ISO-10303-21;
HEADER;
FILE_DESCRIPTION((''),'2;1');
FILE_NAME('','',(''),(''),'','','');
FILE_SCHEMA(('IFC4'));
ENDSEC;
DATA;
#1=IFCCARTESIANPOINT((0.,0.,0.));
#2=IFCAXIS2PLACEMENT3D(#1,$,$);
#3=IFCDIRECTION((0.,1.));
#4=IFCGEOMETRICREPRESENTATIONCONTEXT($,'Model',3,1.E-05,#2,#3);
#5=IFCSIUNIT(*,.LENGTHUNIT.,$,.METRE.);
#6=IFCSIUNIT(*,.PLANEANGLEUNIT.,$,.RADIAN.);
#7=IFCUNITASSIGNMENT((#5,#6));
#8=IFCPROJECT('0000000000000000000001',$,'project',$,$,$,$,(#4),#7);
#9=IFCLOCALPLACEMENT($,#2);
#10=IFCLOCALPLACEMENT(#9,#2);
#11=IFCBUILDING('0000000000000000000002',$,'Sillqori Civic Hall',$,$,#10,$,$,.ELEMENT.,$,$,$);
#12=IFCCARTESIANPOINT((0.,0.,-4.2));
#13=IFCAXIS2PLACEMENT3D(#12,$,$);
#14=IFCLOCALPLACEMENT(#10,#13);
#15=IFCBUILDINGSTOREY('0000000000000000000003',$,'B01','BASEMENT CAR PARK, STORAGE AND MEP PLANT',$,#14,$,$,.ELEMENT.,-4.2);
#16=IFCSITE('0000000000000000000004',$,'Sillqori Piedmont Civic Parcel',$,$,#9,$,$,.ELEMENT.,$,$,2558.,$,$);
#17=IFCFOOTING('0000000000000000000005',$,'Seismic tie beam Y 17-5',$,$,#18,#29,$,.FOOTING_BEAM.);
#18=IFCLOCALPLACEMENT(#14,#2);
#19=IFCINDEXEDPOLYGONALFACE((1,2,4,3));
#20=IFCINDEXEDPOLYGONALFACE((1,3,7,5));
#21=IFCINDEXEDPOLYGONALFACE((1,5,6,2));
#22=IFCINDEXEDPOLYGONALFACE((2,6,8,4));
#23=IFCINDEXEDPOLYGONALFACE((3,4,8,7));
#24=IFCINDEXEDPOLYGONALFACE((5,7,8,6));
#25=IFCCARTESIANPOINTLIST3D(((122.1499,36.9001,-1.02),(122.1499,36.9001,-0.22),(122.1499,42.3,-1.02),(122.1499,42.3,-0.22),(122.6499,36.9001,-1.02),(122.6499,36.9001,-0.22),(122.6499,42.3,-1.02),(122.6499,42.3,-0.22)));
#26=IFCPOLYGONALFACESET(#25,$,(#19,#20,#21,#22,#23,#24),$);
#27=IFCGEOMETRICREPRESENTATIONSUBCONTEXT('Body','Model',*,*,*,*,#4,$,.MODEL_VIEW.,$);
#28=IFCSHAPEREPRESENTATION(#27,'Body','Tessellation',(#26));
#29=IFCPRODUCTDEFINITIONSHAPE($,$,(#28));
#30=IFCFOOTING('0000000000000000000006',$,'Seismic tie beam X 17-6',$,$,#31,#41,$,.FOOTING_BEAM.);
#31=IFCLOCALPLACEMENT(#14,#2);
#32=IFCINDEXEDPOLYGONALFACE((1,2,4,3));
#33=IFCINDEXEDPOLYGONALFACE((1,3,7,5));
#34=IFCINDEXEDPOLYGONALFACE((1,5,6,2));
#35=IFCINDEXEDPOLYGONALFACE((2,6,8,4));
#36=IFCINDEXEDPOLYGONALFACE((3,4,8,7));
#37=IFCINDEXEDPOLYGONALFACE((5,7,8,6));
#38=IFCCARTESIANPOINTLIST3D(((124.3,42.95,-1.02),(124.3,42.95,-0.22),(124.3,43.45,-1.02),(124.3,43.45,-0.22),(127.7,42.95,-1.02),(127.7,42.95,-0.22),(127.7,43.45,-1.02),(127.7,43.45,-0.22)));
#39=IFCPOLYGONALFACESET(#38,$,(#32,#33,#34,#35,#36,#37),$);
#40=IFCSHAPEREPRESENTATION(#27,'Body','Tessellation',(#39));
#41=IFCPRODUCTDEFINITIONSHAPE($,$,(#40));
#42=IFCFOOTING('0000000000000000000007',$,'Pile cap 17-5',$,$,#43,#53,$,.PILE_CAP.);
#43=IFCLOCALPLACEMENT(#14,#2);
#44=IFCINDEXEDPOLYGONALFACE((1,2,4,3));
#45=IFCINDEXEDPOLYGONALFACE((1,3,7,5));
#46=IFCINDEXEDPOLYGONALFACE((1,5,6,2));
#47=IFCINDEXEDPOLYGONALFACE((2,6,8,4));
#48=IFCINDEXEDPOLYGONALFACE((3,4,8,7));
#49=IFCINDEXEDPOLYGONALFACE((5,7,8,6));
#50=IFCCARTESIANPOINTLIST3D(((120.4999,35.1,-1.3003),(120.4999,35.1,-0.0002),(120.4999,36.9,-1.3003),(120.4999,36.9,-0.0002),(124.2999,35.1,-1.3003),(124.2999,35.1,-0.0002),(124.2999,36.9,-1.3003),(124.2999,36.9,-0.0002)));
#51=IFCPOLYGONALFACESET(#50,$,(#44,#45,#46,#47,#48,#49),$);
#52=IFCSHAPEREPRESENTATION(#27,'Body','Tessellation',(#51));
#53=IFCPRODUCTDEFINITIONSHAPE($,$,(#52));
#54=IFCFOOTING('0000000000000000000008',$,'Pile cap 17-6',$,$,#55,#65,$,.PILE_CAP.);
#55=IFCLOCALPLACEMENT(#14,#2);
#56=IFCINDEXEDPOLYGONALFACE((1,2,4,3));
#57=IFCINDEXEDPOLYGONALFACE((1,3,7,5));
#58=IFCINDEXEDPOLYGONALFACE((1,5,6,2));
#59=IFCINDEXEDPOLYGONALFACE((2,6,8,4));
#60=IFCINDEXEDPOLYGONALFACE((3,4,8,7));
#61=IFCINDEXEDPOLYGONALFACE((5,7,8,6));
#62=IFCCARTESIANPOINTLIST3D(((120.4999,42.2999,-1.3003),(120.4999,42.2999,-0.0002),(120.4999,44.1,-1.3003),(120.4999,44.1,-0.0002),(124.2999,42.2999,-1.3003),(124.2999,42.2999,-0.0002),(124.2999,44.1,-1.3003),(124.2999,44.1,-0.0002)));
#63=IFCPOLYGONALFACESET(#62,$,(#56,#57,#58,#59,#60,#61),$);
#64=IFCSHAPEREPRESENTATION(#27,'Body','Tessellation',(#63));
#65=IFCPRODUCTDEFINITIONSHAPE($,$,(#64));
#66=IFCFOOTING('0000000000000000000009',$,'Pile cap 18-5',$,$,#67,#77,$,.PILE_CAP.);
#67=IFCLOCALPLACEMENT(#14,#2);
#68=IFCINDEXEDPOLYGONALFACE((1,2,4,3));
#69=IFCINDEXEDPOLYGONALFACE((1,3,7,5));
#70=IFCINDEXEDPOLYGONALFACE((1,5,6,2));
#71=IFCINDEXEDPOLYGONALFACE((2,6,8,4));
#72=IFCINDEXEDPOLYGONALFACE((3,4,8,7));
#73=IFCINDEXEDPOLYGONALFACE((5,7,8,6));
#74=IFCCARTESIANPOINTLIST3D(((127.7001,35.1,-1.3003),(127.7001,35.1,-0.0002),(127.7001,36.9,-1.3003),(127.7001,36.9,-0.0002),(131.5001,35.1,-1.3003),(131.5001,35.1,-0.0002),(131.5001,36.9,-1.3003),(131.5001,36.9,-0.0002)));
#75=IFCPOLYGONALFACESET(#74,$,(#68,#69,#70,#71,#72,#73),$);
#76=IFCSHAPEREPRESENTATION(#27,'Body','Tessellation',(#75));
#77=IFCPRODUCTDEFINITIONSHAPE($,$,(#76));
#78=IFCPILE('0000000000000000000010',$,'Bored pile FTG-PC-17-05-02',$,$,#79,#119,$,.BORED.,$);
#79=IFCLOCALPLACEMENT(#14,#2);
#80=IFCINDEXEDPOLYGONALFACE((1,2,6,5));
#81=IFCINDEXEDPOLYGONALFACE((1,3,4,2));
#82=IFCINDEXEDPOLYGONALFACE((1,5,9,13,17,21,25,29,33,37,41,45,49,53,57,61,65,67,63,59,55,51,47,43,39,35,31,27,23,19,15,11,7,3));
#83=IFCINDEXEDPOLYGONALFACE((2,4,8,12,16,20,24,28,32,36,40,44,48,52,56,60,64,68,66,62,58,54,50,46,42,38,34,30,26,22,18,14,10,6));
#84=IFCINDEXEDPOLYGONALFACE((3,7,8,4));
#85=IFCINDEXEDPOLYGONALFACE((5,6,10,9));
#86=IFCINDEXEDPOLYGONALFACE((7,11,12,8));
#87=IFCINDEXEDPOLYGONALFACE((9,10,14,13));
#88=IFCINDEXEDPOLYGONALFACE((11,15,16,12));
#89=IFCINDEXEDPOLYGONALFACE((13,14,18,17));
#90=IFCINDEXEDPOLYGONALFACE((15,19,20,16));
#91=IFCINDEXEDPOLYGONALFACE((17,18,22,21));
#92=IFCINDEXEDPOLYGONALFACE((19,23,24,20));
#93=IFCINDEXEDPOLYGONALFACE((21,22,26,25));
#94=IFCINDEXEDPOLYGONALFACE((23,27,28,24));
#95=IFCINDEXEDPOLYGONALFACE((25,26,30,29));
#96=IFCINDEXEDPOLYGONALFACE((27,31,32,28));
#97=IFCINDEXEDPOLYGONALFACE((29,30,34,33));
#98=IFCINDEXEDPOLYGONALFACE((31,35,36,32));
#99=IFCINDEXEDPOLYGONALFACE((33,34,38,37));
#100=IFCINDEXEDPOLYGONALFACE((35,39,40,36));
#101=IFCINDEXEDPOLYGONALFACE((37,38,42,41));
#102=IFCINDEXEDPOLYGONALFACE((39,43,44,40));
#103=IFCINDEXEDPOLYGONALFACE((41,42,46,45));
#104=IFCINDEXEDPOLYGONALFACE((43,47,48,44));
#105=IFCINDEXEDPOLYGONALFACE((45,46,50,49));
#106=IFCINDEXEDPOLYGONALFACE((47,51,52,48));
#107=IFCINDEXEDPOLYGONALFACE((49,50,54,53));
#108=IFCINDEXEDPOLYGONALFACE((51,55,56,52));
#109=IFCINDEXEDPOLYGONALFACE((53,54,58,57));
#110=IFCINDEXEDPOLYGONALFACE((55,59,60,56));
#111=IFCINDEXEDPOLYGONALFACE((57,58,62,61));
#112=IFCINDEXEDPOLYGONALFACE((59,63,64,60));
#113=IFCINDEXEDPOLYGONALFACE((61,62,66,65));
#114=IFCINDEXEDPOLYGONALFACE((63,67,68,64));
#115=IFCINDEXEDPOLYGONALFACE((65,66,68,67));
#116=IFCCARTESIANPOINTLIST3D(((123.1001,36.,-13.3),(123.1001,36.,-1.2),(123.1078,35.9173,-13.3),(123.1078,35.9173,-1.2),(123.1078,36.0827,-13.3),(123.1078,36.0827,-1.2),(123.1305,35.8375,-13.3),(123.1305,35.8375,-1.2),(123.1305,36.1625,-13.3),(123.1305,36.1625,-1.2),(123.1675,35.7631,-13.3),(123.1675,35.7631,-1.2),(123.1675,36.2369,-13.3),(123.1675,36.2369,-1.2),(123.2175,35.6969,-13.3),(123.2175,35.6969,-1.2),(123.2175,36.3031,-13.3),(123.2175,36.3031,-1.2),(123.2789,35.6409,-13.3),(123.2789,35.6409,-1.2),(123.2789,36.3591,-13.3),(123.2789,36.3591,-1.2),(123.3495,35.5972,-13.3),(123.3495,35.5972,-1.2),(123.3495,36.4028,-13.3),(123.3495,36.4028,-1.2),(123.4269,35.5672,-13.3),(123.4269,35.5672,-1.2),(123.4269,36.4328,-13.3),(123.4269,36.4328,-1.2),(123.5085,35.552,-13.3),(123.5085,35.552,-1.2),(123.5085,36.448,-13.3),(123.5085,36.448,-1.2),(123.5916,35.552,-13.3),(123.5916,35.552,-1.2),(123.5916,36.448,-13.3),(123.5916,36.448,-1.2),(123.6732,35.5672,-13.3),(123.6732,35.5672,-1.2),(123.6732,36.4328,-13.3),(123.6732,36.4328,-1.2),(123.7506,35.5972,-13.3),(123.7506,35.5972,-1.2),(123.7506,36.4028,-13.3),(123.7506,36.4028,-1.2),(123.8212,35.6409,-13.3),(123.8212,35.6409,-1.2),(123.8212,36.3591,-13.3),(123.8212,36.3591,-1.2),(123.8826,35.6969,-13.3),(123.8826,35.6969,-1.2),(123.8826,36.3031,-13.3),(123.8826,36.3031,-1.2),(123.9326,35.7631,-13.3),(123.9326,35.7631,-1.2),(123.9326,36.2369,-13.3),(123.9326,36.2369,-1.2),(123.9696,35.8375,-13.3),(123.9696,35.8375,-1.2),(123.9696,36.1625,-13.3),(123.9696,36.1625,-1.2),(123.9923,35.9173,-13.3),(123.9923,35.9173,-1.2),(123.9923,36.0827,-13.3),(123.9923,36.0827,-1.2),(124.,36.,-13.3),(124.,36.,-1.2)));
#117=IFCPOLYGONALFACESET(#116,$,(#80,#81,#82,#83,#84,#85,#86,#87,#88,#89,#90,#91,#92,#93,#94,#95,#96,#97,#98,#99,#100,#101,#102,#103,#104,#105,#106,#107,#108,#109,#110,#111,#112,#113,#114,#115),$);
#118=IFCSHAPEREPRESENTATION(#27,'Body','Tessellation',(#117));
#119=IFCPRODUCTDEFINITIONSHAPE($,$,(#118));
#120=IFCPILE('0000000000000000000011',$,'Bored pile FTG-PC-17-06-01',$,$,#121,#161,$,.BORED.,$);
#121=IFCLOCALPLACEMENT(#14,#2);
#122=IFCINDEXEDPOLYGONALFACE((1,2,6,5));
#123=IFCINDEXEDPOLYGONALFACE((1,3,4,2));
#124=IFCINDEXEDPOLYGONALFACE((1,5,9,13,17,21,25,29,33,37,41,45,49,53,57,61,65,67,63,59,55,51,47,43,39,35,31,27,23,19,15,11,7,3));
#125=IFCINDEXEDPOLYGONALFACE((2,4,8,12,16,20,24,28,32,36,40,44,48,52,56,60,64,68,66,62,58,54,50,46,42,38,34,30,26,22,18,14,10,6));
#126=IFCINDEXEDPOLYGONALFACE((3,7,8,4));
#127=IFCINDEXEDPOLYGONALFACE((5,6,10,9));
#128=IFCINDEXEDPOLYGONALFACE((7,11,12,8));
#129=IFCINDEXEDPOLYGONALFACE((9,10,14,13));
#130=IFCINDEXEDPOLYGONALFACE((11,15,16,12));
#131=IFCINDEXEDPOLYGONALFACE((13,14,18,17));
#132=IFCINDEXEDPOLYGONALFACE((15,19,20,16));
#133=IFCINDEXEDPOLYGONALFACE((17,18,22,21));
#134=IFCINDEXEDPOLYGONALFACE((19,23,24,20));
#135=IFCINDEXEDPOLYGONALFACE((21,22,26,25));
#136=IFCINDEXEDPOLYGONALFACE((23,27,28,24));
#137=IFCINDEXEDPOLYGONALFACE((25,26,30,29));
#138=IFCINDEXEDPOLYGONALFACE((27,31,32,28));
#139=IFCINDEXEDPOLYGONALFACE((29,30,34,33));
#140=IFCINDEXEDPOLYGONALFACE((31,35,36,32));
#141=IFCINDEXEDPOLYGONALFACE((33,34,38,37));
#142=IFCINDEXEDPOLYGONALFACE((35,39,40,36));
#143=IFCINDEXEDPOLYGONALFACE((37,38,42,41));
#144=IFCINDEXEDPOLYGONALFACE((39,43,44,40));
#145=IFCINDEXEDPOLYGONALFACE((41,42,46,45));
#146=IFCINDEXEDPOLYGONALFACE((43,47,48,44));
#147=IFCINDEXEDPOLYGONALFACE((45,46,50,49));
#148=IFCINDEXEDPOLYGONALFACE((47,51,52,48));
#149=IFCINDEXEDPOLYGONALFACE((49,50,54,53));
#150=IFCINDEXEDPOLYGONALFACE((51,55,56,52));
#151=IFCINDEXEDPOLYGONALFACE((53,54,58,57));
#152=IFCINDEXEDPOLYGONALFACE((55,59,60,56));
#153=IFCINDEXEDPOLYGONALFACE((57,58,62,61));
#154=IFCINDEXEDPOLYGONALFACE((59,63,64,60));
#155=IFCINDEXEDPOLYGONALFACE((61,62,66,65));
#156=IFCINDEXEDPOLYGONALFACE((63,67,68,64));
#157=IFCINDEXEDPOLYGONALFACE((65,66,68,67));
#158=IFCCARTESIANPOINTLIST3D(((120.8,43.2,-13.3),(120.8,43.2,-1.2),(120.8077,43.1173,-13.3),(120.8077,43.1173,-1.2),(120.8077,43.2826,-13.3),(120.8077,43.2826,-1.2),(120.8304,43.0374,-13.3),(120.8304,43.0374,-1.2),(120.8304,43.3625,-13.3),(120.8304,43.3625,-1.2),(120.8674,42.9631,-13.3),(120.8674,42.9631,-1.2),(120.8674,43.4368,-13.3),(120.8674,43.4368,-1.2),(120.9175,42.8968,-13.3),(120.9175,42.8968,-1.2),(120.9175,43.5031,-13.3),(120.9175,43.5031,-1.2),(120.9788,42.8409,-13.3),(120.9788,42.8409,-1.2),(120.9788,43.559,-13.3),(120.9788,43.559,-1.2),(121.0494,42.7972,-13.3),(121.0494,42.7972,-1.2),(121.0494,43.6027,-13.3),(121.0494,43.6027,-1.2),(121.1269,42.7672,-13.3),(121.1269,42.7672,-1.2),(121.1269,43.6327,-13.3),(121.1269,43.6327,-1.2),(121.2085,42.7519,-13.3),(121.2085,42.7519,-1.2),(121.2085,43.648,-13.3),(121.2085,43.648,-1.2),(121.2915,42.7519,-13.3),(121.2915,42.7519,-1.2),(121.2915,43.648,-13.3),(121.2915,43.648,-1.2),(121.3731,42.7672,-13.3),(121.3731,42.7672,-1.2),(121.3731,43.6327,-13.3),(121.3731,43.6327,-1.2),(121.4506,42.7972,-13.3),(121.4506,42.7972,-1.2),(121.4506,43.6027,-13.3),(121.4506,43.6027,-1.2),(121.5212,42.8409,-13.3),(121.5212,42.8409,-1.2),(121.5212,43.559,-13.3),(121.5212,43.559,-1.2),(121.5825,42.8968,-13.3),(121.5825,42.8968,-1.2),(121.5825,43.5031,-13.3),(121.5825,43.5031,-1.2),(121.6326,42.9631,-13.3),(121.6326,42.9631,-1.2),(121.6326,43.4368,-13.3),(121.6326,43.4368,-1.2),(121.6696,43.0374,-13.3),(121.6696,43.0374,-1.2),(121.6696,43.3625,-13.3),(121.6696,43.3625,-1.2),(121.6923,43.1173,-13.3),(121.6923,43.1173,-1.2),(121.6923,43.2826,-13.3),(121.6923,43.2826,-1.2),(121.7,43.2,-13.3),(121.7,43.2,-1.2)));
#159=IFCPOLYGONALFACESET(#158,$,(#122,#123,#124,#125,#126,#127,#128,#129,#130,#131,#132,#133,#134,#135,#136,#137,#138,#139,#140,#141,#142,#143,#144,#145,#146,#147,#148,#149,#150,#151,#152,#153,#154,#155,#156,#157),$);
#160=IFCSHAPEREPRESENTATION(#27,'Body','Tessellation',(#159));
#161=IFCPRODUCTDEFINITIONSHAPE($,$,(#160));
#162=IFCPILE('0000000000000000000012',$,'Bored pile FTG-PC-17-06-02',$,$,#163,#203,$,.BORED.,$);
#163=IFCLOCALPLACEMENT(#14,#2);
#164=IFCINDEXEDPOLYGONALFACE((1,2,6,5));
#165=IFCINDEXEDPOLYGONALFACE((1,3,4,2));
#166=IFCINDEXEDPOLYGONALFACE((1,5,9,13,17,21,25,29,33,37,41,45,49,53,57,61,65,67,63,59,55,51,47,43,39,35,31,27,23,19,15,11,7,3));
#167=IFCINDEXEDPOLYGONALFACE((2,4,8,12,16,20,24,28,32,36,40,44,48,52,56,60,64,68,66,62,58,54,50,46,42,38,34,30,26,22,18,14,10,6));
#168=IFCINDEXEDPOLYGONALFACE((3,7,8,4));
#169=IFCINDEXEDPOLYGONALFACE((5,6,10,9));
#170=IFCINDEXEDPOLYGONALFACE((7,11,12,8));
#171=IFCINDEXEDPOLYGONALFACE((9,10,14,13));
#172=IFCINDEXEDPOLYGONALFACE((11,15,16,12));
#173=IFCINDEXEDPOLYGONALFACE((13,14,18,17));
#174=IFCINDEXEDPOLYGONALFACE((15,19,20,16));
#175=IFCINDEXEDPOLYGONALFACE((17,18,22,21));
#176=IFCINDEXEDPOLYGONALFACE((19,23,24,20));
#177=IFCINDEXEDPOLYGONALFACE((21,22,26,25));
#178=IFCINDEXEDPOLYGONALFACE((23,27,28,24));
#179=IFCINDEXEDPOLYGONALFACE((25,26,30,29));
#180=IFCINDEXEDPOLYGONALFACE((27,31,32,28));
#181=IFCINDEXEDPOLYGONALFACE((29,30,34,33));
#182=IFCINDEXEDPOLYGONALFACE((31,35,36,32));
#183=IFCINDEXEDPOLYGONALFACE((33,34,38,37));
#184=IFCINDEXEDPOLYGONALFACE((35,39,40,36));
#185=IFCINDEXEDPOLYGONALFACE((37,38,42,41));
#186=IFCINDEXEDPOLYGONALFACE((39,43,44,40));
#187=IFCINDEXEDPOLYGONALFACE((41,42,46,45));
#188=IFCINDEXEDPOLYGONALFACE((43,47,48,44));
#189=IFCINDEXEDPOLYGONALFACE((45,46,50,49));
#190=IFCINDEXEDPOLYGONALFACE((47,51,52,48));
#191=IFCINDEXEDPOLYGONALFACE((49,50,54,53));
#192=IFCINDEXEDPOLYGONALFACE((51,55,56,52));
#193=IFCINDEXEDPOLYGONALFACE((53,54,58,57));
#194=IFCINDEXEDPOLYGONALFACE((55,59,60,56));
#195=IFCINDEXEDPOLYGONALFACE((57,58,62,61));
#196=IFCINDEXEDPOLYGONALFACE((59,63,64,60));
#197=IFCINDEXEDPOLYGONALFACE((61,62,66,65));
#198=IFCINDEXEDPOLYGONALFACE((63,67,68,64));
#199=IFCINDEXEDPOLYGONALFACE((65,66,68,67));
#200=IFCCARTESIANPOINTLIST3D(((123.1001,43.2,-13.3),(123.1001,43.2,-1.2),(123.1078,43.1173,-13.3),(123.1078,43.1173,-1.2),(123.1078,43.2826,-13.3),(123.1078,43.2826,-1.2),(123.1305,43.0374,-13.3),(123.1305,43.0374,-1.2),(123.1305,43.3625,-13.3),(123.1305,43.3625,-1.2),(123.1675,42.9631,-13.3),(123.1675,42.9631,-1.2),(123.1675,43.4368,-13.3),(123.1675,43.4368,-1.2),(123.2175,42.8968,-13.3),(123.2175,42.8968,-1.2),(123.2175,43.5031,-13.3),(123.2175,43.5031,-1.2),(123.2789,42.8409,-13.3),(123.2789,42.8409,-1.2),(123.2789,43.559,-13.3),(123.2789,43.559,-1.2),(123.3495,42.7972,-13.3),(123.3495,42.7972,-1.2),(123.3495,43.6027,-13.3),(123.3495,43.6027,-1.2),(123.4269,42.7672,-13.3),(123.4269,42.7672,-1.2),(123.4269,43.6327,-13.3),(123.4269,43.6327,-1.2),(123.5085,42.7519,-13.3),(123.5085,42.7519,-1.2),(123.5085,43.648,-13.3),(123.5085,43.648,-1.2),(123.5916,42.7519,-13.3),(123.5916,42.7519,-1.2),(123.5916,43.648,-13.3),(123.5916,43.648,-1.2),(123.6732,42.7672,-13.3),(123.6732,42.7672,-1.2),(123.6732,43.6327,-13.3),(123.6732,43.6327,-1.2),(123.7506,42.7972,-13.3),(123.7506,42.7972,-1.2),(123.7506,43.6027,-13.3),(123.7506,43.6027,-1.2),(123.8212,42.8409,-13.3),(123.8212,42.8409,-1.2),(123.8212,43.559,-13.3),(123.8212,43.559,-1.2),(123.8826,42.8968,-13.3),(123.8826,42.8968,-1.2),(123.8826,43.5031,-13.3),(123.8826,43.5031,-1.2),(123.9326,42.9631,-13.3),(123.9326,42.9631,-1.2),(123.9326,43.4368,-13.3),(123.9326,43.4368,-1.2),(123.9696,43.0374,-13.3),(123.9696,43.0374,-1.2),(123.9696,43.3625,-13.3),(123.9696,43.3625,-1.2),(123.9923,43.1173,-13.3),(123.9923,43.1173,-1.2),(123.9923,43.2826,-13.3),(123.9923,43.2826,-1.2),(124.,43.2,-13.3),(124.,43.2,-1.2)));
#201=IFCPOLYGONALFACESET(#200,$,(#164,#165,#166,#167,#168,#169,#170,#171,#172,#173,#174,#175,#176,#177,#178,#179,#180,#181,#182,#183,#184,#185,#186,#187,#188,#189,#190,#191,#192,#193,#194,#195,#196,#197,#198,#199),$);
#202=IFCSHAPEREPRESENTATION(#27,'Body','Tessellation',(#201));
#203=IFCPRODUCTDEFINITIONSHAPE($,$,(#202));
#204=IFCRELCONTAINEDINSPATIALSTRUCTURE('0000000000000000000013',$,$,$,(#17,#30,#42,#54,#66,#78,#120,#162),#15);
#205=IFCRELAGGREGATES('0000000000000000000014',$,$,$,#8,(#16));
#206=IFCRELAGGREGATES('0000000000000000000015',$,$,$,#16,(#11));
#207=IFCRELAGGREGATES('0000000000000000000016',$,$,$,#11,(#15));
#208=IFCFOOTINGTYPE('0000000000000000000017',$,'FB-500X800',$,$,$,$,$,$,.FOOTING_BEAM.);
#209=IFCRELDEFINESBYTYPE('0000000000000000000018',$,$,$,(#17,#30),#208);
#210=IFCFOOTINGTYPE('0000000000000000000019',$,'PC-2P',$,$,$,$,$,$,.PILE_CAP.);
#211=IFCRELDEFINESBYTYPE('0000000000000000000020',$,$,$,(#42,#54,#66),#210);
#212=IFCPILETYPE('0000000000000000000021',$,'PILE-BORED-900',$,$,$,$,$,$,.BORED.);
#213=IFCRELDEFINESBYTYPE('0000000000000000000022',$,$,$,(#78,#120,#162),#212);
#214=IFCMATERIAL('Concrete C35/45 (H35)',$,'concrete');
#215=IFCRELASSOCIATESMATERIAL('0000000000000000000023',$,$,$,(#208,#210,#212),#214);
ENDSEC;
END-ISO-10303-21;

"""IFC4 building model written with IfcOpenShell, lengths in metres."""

from ifc_helpers import new_model, si_unit, direction, frame, origin, origin_2d, place, context, subcontext, project, spatial, rectangle, circle, extrude, material, material_profile, profile_set, type_object, element, save


model = new_model("IFC4")

# Units and contexts
model_context = context("Model", 3, precision=1e-05, world=origin(), true_north=direction((0.0, 1.0)))
body_context = subcontext(model_context, "Body", "Model", "MODEL_VIEW")
ifc_project = project(units=[si_unit("LENGTHUNIT", "METRE"), si_unit("PLANEANGLEUNIT", "RADIAN")], contexts=[model_context])

# Site, building, storey
site_placement = place(None, origin())
site = spatial("IfcSite", under=ifc_project, at=site_placement, Name="Sillqori Piedmont Civic Parcel", CompositionType="ELEMENT", RefElevation=2558.0)
building_placement = place(site_placement, origin())
building = spatial("IfcBuilding", under=site, at=building_placement, Name="Sillqori Civic Hall", CompositionType="ELEMENT")
storey_placement = place(building_placement, frame((0.0, 0.0, -4.2)))
storey = spatial("IfcBuildingStorey", under=building, at=storey_placement, Name="B01", Description="BASEMENT CAR PARK, STORAGE AND MEP PLANT", CompositionType="ELEMENT", Elevation=-4.2)

# Footings
ifc_material_1 = material(Name="Concrete C35/45 (H35)", Category="concrete")
footing_type_1 = type_object("IfcFootingType", Name="FB-500X800", PredefinedType="FOOTING_BEAM", material=ifc_material_1)
footing_1_placement = place(storey_placement, frame((122.3999, 39.6001, -1.02), z_axis=(0.0, 0.0, 1.0), x_axis=(1.0, 0.0, 0.0)))
element("IfcFooting", 1, at=footing_1_placement, inside=storey, type_object=footing_type_1, Name="Seismic tie beam Y 17-5", PredefinedType="FOOTING_BEAM", context=body_context, shape_type="SweptSolid", body=[
    extrude(rectangle(XDim=0.5, YDim=5.3999, at=origin_2d()), origin(), (0.0, 0.0, 1.0), 0.8),
])
footing_2_placement = place(storey_placement, frame((126.0, 43.2, -1.02), z_axis=(0.0, 0.0, 1.0), x_axis=(1.0, 0.0, 0.0)))
element("IfcFooting", 2, at=footing_2_placement, inside=storey, type_object=footing_type_1, Name="Seismic tie beam X 17-6", PredefinedType="FOOTING_BEAM", context=body_context, shape_type="SweptSolid", body=[
    extrude(rectangle(XDim=3.3999, YDim=0.5, at=origin_2d()), origin(), (0.0, 0.0, 1.0), 0.8),
])
footing_type_2 = type_object("IfcFootingType", Name="PC-2P", PredefinedType="PILE_CAP", material=ifc_material_1)
for number, where, z_axis, x_axis, name in (
    (3, (122.3999, 36.0, -1.3003), (0.0, 0.0, 1.0), (1.0, 0.0, 0.0), "Pile cap 17-5"),
    (4, (122.3999, 43.2, -1.3003), (0.0, 0.0, 1.0), (1.0, 0.0, 0.0), "Pile cap 17-6"),
    (5, (129.6001, 36.0, -1.3003), (0.0, 0.0, 1.0), (1.0, 0.0, 0.0), "Pile cap 18-5"),
):
    element("IfcFooting", number, at=place(storey_placement, frame(where, z_axis=z_axis, x_axis=x_axis)), inside=storey, type_object=footing_type_2, Name=name, PredefinedType="PILE_CAP", context=body_context, shape_type="SweptSolid", body=[
        extrude(rectangle(XDim=3.8, YDim=1.8, at=origin_2d()), origin(), (0.0, 0.0, 1.0), 1.3),
    ])

# Piles
ifc_material_profile_1 = material_profile(ifc_material_1, circle(Radius=0.45, at=origin_2d()), Name="BORED PILE 900")
ifc_profile_set_1 = profile_set([ifc_material_profile_1], Name="Concrete C35/45 (H35)")
pile_type = type_object("IfcPileType", Name="PILE-BORED-900", PredefinedType="BORED", material=ifc_profile_set_1)
for number, where, z_axis, x_axis, name in (
    (6, (123.55, 36.0, -1.2), (0.0, 0.0, -1.0), (1.0, 0.0, 0.0), "Bored pile FTG-PC-17-05-02"),
    (7, (121.25, 43.2, -1.2), (0.0, 0.0, -1.0), (1.0, 0.0, 0.0), "Bored pile FTG-PC-17-06-01"),
    (8, (123.55, 43.2, -1.2), (0.0, 0.0, -1.0), (1.0, 0.0, 0.0), "Bored pile FTG-PC-17-06-02"),
):
    element("IfcPile", number, at=place(storey_placement, frame(where, z_axis=z_axis, x_axis=x_axis)), inside=storey, type_object=pile_type, Name=name, PredefinedType="BORED", context=body_context, shape_type="SweptSolid", body=[
        extrude(circle(Radius=0.45, at=origin_2d()), origin(), (0.0, 0.0, 1.0), 12.1001),
    ])

save(model, "model.ifc")
